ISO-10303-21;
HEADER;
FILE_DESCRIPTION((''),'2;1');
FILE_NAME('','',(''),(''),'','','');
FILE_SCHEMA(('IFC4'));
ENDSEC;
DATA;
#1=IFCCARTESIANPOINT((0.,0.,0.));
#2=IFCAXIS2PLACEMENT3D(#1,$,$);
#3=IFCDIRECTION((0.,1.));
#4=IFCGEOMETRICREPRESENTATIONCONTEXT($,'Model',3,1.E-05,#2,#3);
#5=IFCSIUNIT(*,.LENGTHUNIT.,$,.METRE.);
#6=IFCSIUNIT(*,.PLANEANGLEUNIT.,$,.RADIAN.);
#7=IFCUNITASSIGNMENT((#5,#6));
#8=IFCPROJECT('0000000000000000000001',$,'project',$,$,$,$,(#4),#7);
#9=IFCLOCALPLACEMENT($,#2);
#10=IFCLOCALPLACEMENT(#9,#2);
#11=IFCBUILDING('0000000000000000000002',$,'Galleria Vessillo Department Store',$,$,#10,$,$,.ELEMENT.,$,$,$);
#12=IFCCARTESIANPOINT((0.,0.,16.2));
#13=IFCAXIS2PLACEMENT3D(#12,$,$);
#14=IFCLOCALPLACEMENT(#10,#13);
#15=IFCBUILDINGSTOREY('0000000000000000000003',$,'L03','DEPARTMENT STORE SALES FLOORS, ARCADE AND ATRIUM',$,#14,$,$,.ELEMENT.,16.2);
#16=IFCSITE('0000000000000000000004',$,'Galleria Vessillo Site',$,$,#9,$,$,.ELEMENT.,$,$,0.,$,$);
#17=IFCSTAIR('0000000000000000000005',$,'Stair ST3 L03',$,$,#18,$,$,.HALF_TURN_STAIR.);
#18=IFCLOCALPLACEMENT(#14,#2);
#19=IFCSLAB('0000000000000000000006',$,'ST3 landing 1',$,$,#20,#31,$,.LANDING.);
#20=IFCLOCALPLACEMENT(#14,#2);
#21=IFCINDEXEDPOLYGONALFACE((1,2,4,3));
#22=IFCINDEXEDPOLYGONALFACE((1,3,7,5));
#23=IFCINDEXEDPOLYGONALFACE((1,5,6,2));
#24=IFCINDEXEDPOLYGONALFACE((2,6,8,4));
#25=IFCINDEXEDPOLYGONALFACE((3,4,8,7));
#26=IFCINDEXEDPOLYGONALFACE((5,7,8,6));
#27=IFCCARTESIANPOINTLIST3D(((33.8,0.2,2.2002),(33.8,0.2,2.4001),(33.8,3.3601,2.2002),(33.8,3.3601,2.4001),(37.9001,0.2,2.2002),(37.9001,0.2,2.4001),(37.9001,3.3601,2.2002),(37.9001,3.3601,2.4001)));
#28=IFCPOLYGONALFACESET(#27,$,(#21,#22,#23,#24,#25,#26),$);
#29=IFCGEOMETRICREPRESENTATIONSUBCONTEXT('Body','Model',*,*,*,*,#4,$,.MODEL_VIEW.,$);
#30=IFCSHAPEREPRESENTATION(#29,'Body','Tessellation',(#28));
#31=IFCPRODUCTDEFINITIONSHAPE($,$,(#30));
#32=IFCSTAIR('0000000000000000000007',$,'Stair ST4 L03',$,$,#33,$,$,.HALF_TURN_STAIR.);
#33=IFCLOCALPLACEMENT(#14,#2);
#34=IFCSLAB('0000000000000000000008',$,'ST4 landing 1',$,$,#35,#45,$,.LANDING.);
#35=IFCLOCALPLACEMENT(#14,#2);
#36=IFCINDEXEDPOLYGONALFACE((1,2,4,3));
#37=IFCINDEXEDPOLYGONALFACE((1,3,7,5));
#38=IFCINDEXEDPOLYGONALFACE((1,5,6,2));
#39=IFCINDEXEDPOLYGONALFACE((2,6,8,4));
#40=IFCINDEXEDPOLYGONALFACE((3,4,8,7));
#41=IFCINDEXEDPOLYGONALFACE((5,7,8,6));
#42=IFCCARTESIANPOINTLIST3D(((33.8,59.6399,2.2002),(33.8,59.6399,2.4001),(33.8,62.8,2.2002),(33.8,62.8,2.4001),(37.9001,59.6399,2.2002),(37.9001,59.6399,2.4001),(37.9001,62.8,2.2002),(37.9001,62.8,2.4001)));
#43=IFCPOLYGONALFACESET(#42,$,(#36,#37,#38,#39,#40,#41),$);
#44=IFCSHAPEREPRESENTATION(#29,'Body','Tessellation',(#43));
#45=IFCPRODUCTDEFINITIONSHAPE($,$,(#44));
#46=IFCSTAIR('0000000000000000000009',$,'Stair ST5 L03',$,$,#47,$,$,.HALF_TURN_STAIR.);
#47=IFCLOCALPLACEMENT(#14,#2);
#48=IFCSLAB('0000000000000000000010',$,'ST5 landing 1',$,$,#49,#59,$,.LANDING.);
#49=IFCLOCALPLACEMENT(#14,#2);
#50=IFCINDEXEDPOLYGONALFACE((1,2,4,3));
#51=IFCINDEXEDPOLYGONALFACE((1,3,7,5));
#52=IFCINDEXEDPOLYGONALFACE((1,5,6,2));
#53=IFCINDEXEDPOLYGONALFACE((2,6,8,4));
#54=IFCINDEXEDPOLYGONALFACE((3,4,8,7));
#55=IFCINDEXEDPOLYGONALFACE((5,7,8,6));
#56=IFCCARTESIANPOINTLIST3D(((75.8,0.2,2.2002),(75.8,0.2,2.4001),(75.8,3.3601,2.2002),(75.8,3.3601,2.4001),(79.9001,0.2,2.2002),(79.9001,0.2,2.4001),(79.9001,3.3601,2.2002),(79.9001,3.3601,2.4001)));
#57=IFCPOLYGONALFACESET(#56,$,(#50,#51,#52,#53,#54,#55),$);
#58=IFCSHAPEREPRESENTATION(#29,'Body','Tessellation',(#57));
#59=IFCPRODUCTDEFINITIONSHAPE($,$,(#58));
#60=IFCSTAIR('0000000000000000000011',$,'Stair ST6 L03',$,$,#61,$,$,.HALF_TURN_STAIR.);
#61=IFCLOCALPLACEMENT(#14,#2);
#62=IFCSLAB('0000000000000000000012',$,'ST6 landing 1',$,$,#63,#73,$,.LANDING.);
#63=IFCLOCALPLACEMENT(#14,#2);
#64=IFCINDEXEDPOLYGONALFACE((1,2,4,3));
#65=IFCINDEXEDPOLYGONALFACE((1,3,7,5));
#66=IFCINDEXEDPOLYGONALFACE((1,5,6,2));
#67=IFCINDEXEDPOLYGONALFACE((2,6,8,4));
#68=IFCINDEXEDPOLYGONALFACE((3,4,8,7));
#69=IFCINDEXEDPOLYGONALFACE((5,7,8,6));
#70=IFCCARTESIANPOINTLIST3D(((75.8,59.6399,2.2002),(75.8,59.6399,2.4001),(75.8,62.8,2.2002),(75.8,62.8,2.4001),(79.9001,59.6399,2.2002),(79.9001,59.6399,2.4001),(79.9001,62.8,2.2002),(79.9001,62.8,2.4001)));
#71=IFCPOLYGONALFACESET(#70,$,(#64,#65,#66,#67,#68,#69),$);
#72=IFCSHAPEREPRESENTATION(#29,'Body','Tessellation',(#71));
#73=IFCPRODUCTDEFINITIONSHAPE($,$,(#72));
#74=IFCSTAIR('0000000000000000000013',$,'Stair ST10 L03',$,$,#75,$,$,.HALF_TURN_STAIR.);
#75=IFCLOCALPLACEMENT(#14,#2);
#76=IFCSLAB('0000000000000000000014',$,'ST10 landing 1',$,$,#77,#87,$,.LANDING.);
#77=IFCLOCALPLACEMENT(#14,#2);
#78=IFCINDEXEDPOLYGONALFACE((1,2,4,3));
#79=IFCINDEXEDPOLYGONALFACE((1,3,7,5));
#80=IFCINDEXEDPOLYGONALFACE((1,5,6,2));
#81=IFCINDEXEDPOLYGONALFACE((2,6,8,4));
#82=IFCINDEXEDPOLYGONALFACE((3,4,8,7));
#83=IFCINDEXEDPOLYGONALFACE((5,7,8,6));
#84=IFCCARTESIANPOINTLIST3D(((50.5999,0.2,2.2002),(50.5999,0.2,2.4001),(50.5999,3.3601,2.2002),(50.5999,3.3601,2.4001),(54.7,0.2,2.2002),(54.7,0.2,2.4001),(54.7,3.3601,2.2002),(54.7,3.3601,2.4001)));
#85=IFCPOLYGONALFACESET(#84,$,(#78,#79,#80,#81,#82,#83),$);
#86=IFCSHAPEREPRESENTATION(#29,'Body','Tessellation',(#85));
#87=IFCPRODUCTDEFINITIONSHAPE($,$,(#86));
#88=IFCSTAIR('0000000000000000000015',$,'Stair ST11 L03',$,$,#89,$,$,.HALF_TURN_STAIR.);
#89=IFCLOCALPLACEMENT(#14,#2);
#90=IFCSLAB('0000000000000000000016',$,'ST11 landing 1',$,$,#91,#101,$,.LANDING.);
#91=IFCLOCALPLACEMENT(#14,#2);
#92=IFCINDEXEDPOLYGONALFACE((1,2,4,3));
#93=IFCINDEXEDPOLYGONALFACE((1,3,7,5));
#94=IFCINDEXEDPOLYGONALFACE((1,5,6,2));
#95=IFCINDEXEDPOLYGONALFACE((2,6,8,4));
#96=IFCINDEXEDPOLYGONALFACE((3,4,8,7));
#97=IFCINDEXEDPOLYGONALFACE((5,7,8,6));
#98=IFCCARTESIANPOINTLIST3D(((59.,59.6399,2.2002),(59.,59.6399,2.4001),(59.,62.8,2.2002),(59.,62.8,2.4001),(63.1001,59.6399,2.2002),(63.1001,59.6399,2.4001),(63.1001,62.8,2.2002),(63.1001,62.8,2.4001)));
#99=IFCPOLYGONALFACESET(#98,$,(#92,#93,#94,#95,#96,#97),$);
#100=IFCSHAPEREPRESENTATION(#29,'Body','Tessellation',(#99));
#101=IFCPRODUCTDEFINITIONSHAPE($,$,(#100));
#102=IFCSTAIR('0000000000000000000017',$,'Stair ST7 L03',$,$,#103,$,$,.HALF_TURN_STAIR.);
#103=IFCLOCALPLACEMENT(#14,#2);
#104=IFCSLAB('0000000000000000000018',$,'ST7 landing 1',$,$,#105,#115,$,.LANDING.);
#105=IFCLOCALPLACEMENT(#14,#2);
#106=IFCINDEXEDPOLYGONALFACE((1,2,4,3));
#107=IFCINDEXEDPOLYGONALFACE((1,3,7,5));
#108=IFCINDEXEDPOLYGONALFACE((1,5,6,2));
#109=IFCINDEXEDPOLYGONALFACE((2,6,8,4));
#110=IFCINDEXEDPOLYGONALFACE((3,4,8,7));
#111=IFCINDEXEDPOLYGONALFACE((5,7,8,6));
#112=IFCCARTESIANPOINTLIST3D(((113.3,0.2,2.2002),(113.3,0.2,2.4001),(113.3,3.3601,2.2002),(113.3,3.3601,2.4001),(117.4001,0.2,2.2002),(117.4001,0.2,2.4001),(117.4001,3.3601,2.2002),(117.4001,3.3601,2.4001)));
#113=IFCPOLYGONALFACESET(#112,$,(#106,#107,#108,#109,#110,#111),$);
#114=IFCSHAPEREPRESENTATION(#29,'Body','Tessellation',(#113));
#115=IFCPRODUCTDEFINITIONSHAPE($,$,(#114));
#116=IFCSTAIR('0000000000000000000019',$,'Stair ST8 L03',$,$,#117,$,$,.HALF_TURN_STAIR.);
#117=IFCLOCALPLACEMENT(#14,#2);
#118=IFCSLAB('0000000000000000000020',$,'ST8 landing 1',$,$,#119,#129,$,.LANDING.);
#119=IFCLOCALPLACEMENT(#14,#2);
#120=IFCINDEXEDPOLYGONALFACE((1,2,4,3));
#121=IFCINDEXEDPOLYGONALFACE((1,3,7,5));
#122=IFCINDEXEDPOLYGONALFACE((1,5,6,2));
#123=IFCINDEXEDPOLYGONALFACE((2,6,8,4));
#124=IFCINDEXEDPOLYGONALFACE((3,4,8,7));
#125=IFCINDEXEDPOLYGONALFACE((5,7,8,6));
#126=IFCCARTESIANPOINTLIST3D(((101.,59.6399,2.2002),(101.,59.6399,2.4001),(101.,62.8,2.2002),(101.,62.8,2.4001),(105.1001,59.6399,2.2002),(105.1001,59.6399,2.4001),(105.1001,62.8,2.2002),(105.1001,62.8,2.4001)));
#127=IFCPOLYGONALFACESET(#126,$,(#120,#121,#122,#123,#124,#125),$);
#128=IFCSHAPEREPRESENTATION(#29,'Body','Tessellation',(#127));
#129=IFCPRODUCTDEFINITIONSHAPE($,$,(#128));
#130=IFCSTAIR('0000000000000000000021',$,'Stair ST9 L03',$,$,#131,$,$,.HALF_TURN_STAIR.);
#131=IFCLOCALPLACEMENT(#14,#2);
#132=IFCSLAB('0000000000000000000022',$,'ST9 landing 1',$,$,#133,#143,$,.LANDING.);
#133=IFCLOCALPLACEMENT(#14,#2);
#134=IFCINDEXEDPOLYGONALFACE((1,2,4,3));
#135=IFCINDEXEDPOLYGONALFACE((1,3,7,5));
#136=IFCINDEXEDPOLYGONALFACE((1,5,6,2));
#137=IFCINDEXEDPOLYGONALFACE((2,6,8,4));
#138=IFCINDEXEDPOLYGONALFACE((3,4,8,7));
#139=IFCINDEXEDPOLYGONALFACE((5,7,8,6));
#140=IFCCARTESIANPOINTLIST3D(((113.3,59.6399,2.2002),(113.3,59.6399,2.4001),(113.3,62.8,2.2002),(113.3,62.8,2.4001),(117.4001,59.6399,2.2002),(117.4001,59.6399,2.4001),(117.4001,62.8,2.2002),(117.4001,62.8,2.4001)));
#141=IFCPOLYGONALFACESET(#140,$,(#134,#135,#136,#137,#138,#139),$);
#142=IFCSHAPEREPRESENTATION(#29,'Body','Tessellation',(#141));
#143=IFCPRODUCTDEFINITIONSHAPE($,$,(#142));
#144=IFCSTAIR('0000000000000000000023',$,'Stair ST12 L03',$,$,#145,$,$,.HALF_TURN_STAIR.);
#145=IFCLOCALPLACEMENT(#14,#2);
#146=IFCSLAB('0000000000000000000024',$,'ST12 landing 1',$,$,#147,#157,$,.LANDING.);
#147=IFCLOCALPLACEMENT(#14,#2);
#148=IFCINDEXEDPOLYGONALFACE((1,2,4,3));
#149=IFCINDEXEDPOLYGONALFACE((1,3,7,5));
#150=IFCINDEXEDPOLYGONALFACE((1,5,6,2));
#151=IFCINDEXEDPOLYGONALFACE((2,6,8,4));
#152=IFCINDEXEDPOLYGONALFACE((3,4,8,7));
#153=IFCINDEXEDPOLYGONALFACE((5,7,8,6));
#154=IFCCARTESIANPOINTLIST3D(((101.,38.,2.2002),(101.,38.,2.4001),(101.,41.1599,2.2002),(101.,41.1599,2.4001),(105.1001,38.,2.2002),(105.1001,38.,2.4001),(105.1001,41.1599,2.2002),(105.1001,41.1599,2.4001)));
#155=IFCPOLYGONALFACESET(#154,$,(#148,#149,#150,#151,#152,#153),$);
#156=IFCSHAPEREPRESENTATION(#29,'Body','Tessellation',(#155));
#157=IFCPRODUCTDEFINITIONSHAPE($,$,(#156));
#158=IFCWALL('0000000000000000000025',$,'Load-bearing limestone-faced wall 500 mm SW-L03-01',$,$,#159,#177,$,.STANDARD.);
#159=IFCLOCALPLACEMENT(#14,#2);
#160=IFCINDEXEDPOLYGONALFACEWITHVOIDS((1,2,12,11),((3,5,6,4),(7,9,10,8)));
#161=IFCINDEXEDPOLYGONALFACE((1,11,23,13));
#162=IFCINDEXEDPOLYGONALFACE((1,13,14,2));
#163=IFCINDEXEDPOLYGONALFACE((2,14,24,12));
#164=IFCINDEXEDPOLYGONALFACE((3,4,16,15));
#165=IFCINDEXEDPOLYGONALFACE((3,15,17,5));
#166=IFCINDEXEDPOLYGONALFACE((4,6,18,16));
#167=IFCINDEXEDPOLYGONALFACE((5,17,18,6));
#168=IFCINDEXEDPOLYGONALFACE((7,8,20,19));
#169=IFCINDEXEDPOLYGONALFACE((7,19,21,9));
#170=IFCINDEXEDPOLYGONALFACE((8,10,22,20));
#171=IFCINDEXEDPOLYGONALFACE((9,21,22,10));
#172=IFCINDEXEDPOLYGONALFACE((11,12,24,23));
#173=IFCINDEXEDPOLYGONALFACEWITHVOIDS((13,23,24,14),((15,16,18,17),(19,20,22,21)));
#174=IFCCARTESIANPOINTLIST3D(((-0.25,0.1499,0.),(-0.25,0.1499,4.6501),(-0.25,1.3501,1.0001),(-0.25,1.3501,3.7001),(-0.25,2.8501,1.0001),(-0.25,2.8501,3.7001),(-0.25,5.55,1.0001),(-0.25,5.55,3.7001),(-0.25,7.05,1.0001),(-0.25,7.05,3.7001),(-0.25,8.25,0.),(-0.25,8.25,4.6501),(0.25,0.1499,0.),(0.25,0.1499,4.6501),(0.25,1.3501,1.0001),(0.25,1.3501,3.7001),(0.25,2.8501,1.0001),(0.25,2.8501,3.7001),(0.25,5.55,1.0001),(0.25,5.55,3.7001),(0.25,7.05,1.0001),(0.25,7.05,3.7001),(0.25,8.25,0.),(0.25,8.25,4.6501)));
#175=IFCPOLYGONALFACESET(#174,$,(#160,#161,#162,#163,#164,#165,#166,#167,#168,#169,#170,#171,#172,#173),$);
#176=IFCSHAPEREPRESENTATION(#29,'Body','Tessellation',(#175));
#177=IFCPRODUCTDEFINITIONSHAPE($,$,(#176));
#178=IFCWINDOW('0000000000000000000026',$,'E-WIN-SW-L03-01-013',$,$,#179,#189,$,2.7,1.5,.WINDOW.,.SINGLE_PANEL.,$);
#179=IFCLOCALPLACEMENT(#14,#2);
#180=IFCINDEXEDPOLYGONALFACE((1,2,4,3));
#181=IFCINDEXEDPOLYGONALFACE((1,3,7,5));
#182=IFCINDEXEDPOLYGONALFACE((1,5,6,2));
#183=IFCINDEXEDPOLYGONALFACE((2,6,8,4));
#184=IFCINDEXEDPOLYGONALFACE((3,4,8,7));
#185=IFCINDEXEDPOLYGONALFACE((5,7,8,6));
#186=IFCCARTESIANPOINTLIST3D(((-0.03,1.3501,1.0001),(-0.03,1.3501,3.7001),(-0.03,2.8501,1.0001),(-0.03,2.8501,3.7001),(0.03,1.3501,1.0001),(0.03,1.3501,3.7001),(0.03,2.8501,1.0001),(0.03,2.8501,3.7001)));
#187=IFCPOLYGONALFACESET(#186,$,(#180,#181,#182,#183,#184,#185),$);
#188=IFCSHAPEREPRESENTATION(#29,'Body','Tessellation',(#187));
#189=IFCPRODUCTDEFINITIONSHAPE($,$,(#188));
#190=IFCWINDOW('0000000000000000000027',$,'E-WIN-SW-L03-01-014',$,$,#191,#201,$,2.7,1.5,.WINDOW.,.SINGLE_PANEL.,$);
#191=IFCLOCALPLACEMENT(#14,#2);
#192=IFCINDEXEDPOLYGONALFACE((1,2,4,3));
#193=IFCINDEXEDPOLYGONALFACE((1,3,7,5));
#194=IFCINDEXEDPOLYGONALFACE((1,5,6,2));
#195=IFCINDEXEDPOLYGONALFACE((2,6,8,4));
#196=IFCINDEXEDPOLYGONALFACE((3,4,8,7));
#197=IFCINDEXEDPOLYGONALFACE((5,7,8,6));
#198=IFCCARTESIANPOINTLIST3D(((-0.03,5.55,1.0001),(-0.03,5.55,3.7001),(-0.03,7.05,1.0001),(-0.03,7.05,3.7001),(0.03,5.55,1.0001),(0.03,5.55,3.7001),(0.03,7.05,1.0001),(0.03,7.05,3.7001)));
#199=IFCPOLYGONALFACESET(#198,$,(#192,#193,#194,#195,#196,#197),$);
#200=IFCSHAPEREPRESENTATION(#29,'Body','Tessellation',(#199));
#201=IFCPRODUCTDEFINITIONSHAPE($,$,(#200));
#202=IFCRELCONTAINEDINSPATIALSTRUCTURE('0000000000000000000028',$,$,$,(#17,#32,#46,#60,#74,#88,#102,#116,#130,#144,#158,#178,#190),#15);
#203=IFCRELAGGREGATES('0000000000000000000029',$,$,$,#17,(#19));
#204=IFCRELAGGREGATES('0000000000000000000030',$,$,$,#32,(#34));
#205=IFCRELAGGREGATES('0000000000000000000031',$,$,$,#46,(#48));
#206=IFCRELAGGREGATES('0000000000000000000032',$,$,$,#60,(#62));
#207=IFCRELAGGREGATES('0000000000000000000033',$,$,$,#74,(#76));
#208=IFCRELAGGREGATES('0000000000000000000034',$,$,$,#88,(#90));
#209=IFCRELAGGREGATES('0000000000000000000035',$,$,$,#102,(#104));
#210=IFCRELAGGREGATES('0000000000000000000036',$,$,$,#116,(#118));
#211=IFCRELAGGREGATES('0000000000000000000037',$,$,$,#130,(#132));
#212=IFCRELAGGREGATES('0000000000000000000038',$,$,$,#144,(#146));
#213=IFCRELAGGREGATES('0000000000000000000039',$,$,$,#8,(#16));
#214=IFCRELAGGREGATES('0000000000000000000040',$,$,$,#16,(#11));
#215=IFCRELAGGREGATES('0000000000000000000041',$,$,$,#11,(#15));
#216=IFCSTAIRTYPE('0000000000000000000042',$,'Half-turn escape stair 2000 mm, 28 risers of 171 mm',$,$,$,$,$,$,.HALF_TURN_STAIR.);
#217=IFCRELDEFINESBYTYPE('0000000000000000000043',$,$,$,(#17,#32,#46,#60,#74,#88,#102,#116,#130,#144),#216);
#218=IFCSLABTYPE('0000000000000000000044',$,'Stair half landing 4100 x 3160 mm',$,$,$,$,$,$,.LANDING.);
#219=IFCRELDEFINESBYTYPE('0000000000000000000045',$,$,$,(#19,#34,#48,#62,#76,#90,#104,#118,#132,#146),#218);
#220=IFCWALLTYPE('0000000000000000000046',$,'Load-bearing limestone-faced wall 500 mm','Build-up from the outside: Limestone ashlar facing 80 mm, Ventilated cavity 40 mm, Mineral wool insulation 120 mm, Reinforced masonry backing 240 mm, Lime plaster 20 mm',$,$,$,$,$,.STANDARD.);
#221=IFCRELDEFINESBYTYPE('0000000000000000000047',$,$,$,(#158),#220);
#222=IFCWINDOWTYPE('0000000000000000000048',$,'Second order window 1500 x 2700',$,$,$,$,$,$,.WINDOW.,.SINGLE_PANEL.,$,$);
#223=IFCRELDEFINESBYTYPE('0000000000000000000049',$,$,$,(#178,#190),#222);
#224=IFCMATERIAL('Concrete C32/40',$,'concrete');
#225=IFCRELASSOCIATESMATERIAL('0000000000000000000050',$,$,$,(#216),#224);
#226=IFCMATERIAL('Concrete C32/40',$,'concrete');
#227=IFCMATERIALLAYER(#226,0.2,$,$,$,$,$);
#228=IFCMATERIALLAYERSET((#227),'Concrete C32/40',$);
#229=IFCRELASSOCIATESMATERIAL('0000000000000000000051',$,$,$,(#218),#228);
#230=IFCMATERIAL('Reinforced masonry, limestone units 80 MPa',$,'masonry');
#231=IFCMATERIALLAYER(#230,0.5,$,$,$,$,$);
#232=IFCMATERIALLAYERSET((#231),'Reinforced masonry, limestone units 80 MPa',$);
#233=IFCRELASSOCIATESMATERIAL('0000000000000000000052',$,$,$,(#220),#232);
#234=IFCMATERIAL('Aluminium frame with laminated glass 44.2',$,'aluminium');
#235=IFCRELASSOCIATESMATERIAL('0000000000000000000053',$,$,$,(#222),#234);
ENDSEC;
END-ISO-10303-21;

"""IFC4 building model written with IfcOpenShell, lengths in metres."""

from ifc_helpers import new_model, si_unit, direction, frame, frame_2d, origin, place, context, subcontext, project, spatial, polyline, rectangle, outline, extrude, material, layer, layer_set, type_object, element, fill, aggregate, save


model = new_model("IFC4")

# Units and contexts
model_context = context("Model", 3, precision=1e-05, world=origin(), true_north=direction((0.0, 1.0)))
body_context = subcontext(model_context, "Body", "Model", "MODEL_VIEW")
ifc_project = project(units=[si_unit("LENGTHUNIT", "METRE"), si_unit("PLANEANGLEUNIT", "RADIAN")], contexts=[model_context])

# Site, building, storey
site_placement = place(None, origin())
site = spatial("IfcSite", under=ifc_project, at=site_placement, Name="Galleria Vessillo Site", CompositionType="ELEMENT", RefElevation=0.0)
building_placement = place(site_placement, origin())
building = spatial("IfcBuilding", under=site, at=building_placement, Name="Galleria Vessillo Department Store", CompositionType="ELEMENT")
storey_placement = place(building_placement, frame((0.0, 0.0, 16.2)))
storey = spatial("IfcBuildingStorey", under=building, at=storey_placement, Name="L03", Description="DEPARTMENT STORE SALES FLOORS, ARCADE AND ATRIUM", CompositionType="ELEMENT", Elevation=16.2)

# Stairs, slabs
ifc_material_1 = material(Name="Concrete C32/40", Category="concrete")
stair_type = type_object("IfcStairType", Name="Half-turn escape stair 2000 mm, 28 risers of 171 mm", PredefinedType="HALF_TURN_STAIR", material=ifc_material_1)
ifc_material_2 = material(Name="Concrete C32/40", Category="concrete")
ifc_layer_1 = layer(ifc_material_2, 0.2)
ifc_layer_set_1 = layer_set([ifc_layer_1], Name="Concrete C32/40")
slab_type_1 = type_object("IfcSlabType", Name="Stair half landing 4100 x 3160 mm", PredefinedType="LANDING", material=ifc_layer_set_1)
stair_1_placement = place(storey_placement, origin())
stair_1 = element("IfcStair", 1, at=stair_1_placement, inside=storey, type_object=stair_type, Name="Stair ST3 L03", PredefinedType="HALF_TURN_STAIR")
slab_1_placement = place(storey_placement, frame((0.0, 0.0, 2.2002)))
slab_1 = element("IfcSlab", 2, at=slab_1_placement, type_object=slab_type_1, Name="ST3 landing 1", PredefinedType="LANDING", context=body_context, shape_type="SweptSolid", body=[
    extrude(outline(polyline([(33.8, 0.2), (33.8, 3.3601), (37.9001, 3.3601), (37.9001, 0.2), (33.8, 0.2)])), origin(), (0.0, 0.0, 1.0), 0.2),
])
aggregate(stair_1, [slab_1])
stair_2_placement = place(storey_placement, origin())
stair_2 = element("IfcStair", 3, at=stair_2_placement, inside=storey, type_object=stair_type, Name="Stair ST4 L03", PredefinedType="HALF_TURN_STAIR")
slab_2_placement = place(storey_placement, frame((0.0, 0.0, 2.2002)))
slab_2 = element("IfcSlab", 4, at=slab_2_placement, type_object=slab_type_1, Name="ST4 landing 1", PredefinedType="LANDING", context=body_context, shape_type="SweptSolid", body=[
    extrude(outline(polyline([(33.8, 59.6399), (33.8, 62.8), (37.9001, 62.8), (37.9001, 59.6399), (33.8, 59.6399)])), origin(), (0.0, 0.0, 1.0), 0.2),
])
aggregate(stair_2, [slab_2])
stair_3_placement = place(storey_placement, origin())
stair_3 = element("IfcStair", 5, at=stair_3_placement, inside=storey, type_object=stair_type, Name="Stair ST5 L03", PredefinedType="HALF_TURN_STAIR")
slab_3_placement = place(storey_placement, frame((0.0, 0.0, 2.2002)))
slab_3 = element("IfcSlab", 6, at=slab_3_placement, type_object=slab_type_1, Name="ST5 landing 1", PredefinedType="LANDING", context=body_context, shape_type="SweptSolid", body=[
    extrude(outline(polyline([(75.8, 0.2), (75.8, 3.3601), (79.9001, 3.3601), (79.9001, 0.2), (75.8, 0.2)])), origin(), (0.0, 0.0, 1.0), 0.2),
])
aggregate(stair_3, [slab_3])
stair_4_placement = place(storey_placement, origin())
stair_4 = element("IfcStair", 7, at=stair_4_placement, inside=storey, type_object=stair_type, Name="Stair ST6 L03", PredefinedType="HALF_TURN_STAIR")
slab_4_placement = place(storey_placement, frame((0.0, 0.0, 2.2002)))
slab_4 = element("IfcSlab", 8, at=slab_4_placement, type_object=slab_type_1, Name="ST6 landing 1", PredefinedType="LANDING", context=body_context, shape_type="SweptSolid", body=[
    extrude(outline(polyline([(75.8, 59.6399), (75.8, 62.8), (79.9001, 62.8), (79.9001, 59.6399), (75.8, 59.6399)])), origin(), (0.0, 0.0, 1.0), 0.2),
])
aggregate(stair_4, [slab_4])
stair_5_placement = place(storey_placement, origin())
stair_5 = element("IfcStair", 9, at=stair_5_placement, inside=storey, type_object=stair_type, Name="Stair ST10 L03", PredefinedType="HALF_TURN_STAIR")
slab_5_placement = place(storey_placement, frame((0.0, 0.0, 2.2002)))
slab_5 = element("IfcSlab", 10, at=slab_5_placement, type_object=slab_type_1, Name="ST10 landing 1", PredefinedType="LANDING", context=body_context, shape_type="SweptSolid", body=[
    extrude(outline(polyline([(50.5999, 0.2), (50.5999, 3.3601), (54.7, 3.3601), (54.7, 0.2), (50.5999, 0.2)])), origin(), (0.0, 0.0, 1.0), 0.2),
])
aggregate(stair_5, [slab_5])
stair_6_placement = place(storey_placement, origin())
stair_6 = element("IfcStair", 11, at=stair_6_placement, inside=storey, type_object=stair_type, Name="Stair ST11 L03", PredefinedType="HALF_TURN_STAIR")
slab_6_placement = place(storey_placement, frame((0.0, 0.0, 2.2002)))
slab_6 = element("IfcSlab", 12, at=slab_6_placement, type_object=slab_type_1, Name="ST11 landing 1", PredefinedType="LANDING", context=body_context, shape_type="SweptSolid", body=[
    extrude(outline(polyline([(59.0, 59.6399), (59.0, 62.8), (63.1001, 62.8), (63.1001, 59.6399), (59.0, 59.6399)])), origin(), (0.0, 0.0, 1.0), 0.2),
])
aggregate(stair_6, [slab_6])
stair_7_placement = place(storey_placement, origin())
stair_7 = element("IfcStair", 13, at=stair_7_placement, inside=storey, type_object=stair_type, Name="Stair ST7 L03", PredefinedType="HALF_TURN_STAIR")
slab_7_placement = place(storey_placement, frame((0.0, 0.0, 2.2002)))
slab_7 = element("IfcSlab", 14, at=slab_7_placement, type_object=slab_type_1, Name="ST7 landing 1", PredefinedType="LANDING", context=body_context, shape_type="SweptSolid", body=[
    extrude(outline(polyline([(113.3, 0.2), (113.3, 3.3601), (117.4001, 3.3601), (117.4001, 0.2), (113.3, 0.2)])), origin(), (0.0, 0.0, 1.0), 0.2),
])
aggregate(stair_7, [slab_7])
stair_8_placement = place(storey_placement, origin())
stair_8 = element("IfcStair", 15, at=stair_8_placement, inside=storey, type_object=stair_type, Name="Stair ST8 L03", PredefinedType="HALF_TURN_STAIR")
slab_8_placement = place(storey_placement, frame((0.0, 0.0, 2.2002)))
slab_8 = element("IfcSlab", 16, at=slab_8_placement, type_object=slab_type_1, Name="ST8 landing 1", PredefinedType="LANDING", context=body_context, shape_type="SweptSolid", body=[
    extrude(outline(polyline([(101.0, 59.6399), (101.0, 62.8), (105.1001, 62.8), (105.1001, 59.6399), (101.0, 59.6399)])), origin(), (0.0, 0.0, 1.0), 0.2),
])
aggregate(stair_8, [slab_8])
stair_9_placement = place(storey_placement, origin())
stair_9 = element("IfcStair", 17, at=stair_9_placement, inside=storey, type_object=stair_type, Name="Stair ST9 L03", PredefinedType="HALF_TURN_STAIR")
slab_9_placement = place(storey_placement, frame((0.0, 0.0, 2.2002)))
slab_9 = element("IfcSlab", 18, at=slab_9_placement, type_object=slab_type_1, Name="ST9 landing 1", PredefinedType="LANDING", context=body_context, shape_type="SweptSolid", body=[
    extrude(outline(polyline([(113.3, 59.6399), (113.3, 62.8), (117.4001, 62.8), (117.4001, 59.6399), (113.3, 59.6399)])), origin(), (0.0, 0.0, 1.0), 0.2),
])
aggregate(stair_9, [slab_9])
stair_10_placement = place(storey_placement, origin())
stair_10 = element("IfcStair", 19, at=stair_10_placement, inside=storey, type_object=stair_type, Name="Stair ST12 L03", PredefinedType="HALF_TURN_STAIR")
slab_10_placement = place(storey_placement, frame((0.0, 0.0, 2.2002)))
slab_10 = element("IfcSlab", 20, at=slab_10_placement, type_object=slab_type_1, Name="ST12 landing 1", PredefinedType="LANDING", context=body_context, shape_type="SweptSolid", body=[
    extrude(outline(polyline([(101.0, 38.0), (101.0, 41.1599), (105.1001, 41.1599), (105.1001, 38.0), (101.0, 38.0)])), origin(), (0.0, 0.0, 1.0), 0.2),
])
aggregate(stair_10, [slab_10])

# Wall, openings, windows
ifc_material_3 = material(Name="Reinforced masonry, limestone units 80 MPa", Category="masonry")
ifc_layer_2 = layer(ifc_material_3, 0.5)
ifc_layer_set_2 = layer_set([ifc_layer_2], Name="Reinforced masonry, limestone units 80 MPa")
wall_type_1 = type_object("IfcWallType", Name="Load-bearing limestone-faced wall 500 mm", Description="Build-up from the outside: Limestone ashlar facing 80 mm, Ventilated cavity 40 mm, Mineral wool insulation 120 mm, Reinforced masonry backing 240 mm, Lime plaster 20 mm", PredefinedType="STANDARD", material=ifc_layer_set_2)
wall_1_placement = place(storey_placement, frame((0.0, 0.1499, 0.0), z_axis=(0.0, 0.0, 1.0), x_axis=(0.0, 1.0, 0.0)))
wall_1 = element("IfcWall", 21, at=wall_1_placement, inside=storey, type_object=wall_type_1, Name="Load-bearing limestone-faced wall 500 mm SW-L03-01", PredefinedType="STANDARD", context=body_context, shape_type="SweptSolid", body=[
    extrude(rectangle(XDim=8.1001, YDim=0.5, at=frame_2d((4.05, 0.0))), origin(), (0.0, 0.0, 1.0), 4.6501),
])
opening_1_placement = place(wall_1_placement, frame((1.2002, 0.0, 1.0)))
opening_1 = element("IfcOpeningElement", 22, at=opening_1_placement, cuts=wall_1, PredefinedType="OPENING", context=body_context, shape_type="SweptSolid", body=[
    extrude(rectangle(XDim=1.5, YDim=2.7, at=frame_2d((0.75, 1.3501))), frame((0.0, 0.26, 0.0), z_axis=(0.0, -1.0, 0.0), x_axis=(1.0, 0.0, 0.0)), (0.0, 0.0, 1.0), 0.52),
])
opening_2_placement = place(wall_1_placement, frame((5.4001, 0.0, 1.0)))
opening_2 = element("IfcOpeningElement", 23, at=opening_2_placement, cuts=wall_1, PredefinedType="OPENING", context=body_context, shape_type="SweptSolid", body=[
    extrude(rectangle(XDim=1.5, YDim=2.7, at=frame_2d((0.75, 1.3501))), frame((0.0, 0.26, 0.0), z_axis=(0.0, -1.0, 0.0), x_axis=(1.0, 0.0, 0.0)), (0.0, 0.0, 1.0), 0.52),
])
ifc_material_4 = material(Name="Aluminium frame with laminated glass 44.2", Category="aluminium")
window_type = type_object("IfcWindowType", Name="Second order window 1500 x 2700", PartitioningType="SINGLE_PANEL", PredefinedType="WINDOW", material=ifc_material_4)
window_1_placement = place(opening_1_placement, origin())
window_1 = element("IfcWindow", 24, at=window_1_placement, inside=storey, type_object=window_type, Name="E-WIN-SW-L03-01-013", OverallHeight=2.7, OverallWidth=1.5, PartitioningType="SINGLE_PANEL", PredefinedType="WINDOW", context=body_context, shape_type="SweptSolid", body=[
    extrude(rectangle(XDim=1.5, YDim=2.7, at=frame_2d((0.75, 1.3501))), frame((0.0, 0.03, 0.0), z_axis=(0.0, -1.0, 0.0), x_axis=(1.0, 0.0, 0.0)), (0.0, 0.0, 1.0), 0.0601),
])
fill(opening_1, window_1)
window_2_placement = place(opening_2_placement, origin())
window_2 = element("IfcWindow", 25, at=window_2_placement, inside=storey, type_object=window_type, Name="E-WIN-SW-L03-01-014", OverallHeight=2.7, OverallWidth=1.5, PartitioningType="SINGLE_PANEL", PredefinedType="WINDOW", context=body_context, shape_type="SweptSolid", body=[
    extrude(rectangle(XDim=1.5, YDim=2.7, at=frame_2d((0.75, 1.3501))), frame((0.0, 0.03, 0.0), z_axis=(0.0, -1.0, 0.0), x_axis=(1.0, 0.0, 0.0)), (0.0, 0.0, 1.0), 0.0601),
])
fill(opening_2, window_2)

save(model, "model.ifc")
